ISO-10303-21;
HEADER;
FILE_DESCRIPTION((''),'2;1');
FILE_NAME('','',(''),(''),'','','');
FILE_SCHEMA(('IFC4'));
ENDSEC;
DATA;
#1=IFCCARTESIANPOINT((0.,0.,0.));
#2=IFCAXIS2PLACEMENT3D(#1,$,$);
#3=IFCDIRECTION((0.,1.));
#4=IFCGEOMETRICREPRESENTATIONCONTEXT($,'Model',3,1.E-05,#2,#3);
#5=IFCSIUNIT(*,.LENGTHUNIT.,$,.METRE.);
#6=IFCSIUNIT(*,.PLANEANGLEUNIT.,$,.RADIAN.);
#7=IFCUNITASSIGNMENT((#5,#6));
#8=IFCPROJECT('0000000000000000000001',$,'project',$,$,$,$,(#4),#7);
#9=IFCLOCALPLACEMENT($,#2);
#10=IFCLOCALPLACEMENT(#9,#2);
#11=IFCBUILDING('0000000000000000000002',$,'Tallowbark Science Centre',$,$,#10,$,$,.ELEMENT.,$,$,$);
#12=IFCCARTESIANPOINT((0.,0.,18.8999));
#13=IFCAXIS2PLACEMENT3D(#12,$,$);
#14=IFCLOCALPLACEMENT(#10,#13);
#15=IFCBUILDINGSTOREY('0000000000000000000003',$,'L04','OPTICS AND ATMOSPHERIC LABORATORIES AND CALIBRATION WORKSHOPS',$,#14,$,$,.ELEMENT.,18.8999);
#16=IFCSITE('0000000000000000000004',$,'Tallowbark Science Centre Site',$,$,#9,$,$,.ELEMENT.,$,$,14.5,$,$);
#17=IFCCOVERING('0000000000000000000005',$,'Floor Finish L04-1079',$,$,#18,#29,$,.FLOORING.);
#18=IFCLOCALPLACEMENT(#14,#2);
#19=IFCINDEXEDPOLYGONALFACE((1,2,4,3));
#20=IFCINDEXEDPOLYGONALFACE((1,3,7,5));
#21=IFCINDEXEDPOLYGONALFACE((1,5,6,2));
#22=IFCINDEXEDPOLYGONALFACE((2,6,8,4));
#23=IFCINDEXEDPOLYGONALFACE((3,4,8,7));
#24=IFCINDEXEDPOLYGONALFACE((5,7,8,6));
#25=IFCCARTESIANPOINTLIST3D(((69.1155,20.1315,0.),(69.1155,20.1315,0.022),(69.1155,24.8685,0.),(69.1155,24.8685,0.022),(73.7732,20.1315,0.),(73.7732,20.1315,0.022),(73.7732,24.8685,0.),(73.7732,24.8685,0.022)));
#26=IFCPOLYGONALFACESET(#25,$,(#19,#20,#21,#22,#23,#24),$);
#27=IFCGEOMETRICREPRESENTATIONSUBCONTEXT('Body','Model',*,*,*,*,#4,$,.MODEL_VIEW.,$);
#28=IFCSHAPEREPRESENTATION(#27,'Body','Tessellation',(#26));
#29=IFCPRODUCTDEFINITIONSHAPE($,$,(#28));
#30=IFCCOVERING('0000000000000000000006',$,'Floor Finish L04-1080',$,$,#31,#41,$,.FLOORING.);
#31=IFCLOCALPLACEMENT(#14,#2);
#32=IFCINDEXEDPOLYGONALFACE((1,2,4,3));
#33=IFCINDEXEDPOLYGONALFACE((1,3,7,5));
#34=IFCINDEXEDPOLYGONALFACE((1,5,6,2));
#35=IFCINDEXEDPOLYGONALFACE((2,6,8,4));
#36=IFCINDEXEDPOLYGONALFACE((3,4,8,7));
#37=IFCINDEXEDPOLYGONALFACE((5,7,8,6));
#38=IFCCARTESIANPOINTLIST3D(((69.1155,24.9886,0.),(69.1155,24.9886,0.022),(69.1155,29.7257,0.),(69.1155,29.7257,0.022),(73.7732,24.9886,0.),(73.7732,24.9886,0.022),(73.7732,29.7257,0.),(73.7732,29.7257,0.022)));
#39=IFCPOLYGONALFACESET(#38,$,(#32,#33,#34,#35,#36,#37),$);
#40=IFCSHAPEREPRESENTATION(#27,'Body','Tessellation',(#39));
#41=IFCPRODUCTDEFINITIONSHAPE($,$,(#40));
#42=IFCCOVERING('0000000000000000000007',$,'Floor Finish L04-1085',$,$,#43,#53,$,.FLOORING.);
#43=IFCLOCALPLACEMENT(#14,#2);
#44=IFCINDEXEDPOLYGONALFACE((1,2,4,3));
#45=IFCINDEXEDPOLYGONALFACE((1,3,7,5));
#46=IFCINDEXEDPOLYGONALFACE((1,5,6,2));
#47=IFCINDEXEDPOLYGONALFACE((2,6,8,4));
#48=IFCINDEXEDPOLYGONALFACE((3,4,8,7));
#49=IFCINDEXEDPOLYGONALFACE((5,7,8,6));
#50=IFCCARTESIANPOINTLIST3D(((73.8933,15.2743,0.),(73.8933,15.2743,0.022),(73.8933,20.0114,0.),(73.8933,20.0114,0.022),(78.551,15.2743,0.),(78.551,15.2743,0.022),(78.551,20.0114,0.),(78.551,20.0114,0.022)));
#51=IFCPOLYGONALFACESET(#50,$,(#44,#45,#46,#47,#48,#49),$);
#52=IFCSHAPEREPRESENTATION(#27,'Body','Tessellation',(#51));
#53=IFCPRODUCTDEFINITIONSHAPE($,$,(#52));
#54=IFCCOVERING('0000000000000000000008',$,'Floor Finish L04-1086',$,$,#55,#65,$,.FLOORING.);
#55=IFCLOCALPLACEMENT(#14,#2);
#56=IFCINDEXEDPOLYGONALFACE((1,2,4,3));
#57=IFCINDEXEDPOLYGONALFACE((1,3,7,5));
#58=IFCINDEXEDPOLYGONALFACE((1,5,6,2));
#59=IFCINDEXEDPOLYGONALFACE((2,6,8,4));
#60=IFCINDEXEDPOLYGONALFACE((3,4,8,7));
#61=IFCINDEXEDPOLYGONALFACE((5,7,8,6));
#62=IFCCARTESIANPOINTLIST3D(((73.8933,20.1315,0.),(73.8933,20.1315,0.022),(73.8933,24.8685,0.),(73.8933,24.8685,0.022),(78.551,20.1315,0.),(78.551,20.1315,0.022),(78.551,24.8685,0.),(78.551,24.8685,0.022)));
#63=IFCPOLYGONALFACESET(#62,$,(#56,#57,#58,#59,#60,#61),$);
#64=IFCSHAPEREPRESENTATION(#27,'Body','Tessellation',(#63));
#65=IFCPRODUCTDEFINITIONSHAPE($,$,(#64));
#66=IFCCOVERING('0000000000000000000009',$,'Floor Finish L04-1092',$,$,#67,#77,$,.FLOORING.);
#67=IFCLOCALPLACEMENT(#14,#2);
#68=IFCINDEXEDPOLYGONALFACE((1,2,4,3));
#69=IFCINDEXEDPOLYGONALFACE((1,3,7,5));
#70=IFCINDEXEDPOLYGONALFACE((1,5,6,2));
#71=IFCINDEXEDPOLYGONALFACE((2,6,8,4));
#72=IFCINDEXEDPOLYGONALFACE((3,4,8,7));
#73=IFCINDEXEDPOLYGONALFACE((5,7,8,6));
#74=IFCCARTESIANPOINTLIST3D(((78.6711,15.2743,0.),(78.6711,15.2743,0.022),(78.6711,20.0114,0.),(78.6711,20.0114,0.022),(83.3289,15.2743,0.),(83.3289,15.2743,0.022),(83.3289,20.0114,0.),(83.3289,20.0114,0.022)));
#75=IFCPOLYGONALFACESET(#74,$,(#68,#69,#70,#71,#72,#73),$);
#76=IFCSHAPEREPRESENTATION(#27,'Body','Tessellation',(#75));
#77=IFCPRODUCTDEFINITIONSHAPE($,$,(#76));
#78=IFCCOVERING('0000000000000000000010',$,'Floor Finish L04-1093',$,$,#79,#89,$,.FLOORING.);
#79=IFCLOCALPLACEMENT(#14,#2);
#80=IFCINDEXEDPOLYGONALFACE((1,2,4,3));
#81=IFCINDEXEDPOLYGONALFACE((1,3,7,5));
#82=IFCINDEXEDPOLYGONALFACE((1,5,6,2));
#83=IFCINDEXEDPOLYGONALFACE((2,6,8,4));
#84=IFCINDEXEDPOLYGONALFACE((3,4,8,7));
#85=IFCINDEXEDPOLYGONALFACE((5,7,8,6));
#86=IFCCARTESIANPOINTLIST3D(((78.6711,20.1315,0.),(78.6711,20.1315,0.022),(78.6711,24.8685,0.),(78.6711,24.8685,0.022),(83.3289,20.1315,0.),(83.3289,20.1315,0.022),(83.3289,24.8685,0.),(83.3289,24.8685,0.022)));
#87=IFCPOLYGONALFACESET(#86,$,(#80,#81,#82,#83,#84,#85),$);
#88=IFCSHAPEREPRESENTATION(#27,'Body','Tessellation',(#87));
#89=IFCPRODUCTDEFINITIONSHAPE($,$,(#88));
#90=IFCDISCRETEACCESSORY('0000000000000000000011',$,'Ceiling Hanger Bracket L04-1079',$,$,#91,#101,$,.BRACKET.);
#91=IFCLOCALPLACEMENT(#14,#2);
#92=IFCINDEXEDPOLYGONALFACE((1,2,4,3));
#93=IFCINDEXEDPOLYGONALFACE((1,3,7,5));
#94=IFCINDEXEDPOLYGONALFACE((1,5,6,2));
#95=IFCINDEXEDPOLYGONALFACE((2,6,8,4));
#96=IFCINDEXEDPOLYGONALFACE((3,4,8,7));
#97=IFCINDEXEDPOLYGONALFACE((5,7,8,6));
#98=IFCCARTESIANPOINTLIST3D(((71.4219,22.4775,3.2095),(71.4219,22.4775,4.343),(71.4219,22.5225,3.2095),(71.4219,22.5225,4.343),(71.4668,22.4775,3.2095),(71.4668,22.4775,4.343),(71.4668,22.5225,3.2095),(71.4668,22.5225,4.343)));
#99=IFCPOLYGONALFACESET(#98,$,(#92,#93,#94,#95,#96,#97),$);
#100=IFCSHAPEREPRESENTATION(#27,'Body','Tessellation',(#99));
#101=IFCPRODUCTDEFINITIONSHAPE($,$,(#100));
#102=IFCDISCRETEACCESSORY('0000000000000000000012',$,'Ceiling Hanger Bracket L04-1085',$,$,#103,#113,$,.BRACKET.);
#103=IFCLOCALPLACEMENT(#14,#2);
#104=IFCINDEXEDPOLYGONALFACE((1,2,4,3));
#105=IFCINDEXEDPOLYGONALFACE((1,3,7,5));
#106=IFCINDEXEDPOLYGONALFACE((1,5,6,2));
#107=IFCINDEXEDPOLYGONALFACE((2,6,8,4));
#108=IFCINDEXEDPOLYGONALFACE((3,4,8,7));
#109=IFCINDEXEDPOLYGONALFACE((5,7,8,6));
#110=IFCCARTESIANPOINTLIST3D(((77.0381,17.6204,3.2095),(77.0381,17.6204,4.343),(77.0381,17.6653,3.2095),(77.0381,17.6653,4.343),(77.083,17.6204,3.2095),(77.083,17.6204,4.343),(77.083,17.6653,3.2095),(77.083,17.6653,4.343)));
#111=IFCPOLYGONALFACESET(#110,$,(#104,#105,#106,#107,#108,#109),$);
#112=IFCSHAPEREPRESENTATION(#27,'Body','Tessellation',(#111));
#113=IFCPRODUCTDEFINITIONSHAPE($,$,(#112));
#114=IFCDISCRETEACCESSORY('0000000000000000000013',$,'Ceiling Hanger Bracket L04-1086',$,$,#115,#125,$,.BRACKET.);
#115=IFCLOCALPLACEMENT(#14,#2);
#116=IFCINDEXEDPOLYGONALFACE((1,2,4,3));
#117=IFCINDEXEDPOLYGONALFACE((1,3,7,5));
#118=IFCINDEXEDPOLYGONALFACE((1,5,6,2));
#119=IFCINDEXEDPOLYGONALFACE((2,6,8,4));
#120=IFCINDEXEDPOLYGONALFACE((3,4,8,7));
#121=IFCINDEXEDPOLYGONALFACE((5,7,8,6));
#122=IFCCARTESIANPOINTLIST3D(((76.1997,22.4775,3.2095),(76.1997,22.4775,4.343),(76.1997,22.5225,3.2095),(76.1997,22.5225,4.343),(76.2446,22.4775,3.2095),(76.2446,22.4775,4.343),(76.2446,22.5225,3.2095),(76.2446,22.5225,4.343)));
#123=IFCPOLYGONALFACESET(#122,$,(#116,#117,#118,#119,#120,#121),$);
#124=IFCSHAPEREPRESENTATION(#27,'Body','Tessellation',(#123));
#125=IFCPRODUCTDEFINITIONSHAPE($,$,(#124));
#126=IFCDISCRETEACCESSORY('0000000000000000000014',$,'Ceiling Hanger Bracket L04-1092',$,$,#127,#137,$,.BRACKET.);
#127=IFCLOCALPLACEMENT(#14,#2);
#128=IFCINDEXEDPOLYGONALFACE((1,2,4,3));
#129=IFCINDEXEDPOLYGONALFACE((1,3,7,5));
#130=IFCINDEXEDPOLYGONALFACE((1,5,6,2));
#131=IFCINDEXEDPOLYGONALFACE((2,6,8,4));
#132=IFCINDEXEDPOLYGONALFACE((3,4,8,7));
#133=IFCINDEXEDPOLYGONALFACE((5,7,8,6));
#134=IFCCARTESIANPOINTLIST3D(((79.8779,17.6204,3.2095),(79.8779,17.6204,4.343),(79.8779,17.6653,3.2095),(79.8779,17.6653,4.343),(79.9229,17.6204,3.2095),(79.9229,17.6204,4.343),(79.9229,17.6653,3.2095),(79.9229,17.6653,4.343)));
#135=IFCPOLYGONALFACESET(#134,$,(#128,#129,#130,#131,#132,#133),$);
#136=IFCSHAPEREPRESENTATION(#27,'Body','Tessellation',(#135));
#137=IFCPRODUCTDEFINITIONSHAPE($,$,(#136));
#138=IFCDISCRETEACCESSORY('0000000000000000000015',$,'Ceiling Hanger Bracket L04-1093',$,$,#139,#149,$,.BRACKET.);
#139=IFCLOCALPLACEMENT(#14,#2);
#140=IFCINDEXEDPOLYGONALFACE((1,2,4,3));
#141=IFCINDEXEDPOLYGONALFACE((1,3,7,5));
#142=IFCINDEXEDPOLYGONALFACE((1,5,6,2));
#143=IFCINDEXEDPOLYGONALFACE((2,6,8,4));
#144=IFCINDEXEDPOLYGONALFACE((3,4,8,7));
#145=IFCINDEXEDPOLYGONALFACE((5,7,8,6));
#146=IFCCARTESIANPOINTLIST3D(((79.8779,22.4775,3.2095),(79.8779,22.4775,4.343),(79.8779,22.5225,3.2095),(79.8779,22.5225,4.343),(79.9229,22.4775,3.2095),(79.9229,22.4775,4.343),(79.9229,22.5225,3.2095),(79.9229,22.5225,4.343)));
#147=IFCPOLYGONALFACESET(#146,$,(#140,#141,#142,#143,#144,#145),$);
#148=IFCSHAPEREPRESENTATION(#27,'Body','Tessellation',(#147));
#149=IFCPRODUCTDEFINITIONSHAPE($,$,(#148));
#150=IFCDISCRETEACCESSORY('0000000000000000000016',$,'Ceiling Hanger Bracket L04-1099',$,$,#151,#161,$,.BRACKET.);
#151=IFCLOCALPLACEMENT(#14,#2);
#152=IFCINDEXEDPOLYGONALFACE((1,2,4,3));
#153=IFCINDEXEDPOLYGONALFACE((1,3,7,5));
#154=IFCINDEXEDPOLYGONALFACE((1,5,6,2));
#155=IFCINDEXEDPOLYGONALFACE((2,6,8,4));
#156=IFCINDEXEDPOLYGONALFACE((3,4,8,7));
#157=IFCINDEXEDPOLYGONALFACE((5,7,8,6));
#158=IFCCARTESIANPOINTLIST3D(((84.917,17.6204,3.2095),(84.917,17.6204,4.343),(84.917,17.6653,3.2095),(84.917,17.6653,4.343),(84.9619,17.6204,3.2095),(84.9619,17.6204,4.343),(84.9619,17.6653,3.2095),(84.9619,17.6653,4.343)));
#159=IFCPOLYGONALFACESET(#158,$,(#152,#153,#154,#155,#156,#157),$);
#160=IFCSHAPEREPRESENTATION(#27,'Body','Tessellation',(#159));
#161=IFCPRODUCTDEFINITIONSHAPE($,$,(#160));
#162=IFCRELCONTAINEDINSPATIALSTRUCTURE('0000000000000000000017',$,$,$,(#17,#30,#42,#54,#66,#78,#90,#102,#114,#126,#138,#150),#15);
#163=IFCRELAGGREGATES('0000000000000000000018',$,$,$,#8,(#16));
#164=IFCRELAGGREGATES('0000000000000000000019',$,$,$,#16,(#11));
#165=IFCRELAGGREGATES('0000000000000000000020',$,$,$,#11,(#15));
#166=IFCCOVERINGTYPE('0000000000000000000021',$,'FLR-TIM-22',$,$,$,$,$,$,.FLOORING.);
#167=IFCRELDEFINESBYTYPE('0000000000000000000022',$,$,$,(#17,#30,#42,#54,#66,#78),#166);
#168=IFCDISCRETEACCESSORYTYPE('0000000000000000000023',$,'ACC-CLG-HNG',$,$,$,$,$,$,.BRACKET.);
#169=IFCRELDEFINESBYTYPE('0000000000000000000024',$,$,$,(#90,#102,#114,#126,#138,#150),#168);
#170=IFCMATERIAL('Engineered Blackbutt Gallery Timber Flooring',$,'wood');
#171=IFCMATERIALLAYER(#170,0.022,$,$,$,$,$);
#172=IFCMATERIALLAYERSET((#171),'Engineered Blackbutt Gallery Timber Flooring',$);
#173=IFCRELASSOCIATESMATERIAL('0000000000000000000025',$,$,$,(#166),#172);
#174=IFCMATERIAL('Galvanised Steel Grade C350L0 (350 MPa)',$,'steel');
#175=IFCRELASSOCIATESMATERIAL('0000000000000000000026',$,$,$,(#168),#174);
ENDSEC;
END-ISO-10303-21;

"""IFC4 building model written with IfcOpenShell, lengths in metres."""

from ifc_helpers import new_model, si_unit, direction, frame, origin, origin_2d, place, context, subcontext, project, spatial, rectangle, extrude, material, layer, layer_set, type_object, element, save


model = new_model("IFC4")

# Units and contexts
model_context = context("Model", 3, precision=1e-05, world=origin(), true_north=direction((0.0, 1.0)))
body_context = subcontext(model_context, "Body", "Model", "MODEL_VIEW")
ifc_project = project(units=[si_unit("LENGTHUNIT", "METRE"), si_unit("PLANEANGLEUNIT", "RADIAN")], contexts=[model_context])

# Site, building, storey
site_placement = place(None, origin())
site = spatial("IfcSite", under=ifc_project, at=site_placement, Name="Tallowbark Science Centre Site", CompositionType="ELEMENT", RefElevation=14.5)
building_placement = place(site_placement, origin())
building = spatial("IfcBuilding", under=site, at=building_placement, Name="Tallowbark Science Centre", CompositionType="ELEMENT")
storey_placement = place(building_placement, frame((0.0, 0.0, 18.8999)))
storey = spatial("IfcBuildingStorey", under=building, at=storey_placement, Name="L04", Description="OPTICS AND ATMOSPHERIC LABORATORIES AND CALIBRATION WORKSHOPS", CompositionType="ELEMENT", Elevation=18.8999)

# Coverings
ifc_material_1 = material(Name="Engineered Blackbutt Gallery Timber Flooring", Category="wood")
ifc_layer_1 = layer(ifc_material_1, 0.022)
ifc_layer_set_1 = layer_set([ifc_layer_1], Name="Engineered Blackbutt Gallery Timber Flooring")
covering_type_1 = type_object("IfcCoveringType", Name="FLR-TIM-22", PredefinedType="FLOORING", material=ifc_layer_set_1)
for number, where, z_axis, x_axis, name in (
    (1, (71.4443, 22.5, 0.0), (0.0, 0.0, 1.0), (1.0, 0.0, 0.0), "Floor Finish L04-1079"),
    (2, (71.4443, 27.3572, 0.0), (0.0, 0.0, 1.0), (1.0, 0.0, 0.0), "Floor Finish L04-1080"),
    (3, (76.2222, 17.6428, 0.0), (0.0, 0.0, 1.0), (1.0, 0.0, 0.0), "Floor Finish L04-1085"),
    (4, (76.2222, 22.5, 0.0), (0.0, 0.0, 1.0), (1.0, 0.0, 0.0), "Floor Finish L04-1086"),
    (5, (81.0, 17.6428, 0.0), (0.0, 0.0, 1.0), (1.0, 0.0, 0.0), "Floor Finish L04-1092"),
    (6, (81.0, 22.5, 0.0), (0.0, 0.0, 1.0), (1.0, 0.0, 0.0), "Floor Finish L04-1093"),
):
    element("IfcCovering", number, at=place(storey_placement, frame(where, z_axis=z_axis, x_axis=x_axis)), inside=storey, type_object=covering_type_1, Name=name, PredefinedType="FLOORING", context=body_context, shape_type="SweptSolid", body=[
        extrude(rectangle(XDim=4.6577, YDim=4.7371, at=origin_2d()), origin(), (0.0, 0.0, 1.0), 0.022),
    ])

# Discrete accessories
ifc_material_2 = material(Name="Galvanised Steel Grade C350L0 (350 MPa)", Category="steel")
discrete_accessory_type = type_object("IfcDiscreteAccessoryType", Name="ACC-CLG-HNG", PredefinedType="BRACKET", material=ifc_material_2)
for number, where, z_axis, x_axis, name in (
    (7, (71.4443, 22.5, 3.2095), (0.0, 0.0, 1.0), (1.0, 0.0, 0.0), "Ceiling Hanger Bracket L04-1079"),
    (8, (77.0605, 17.6428, 3.2095), (0.0, 0.0, 1.0), (1.0, 0.0, 0.0), "Ceiling Hanger Bracket L04-1085"),
    (9, (76.2222, 22.5, 3.2095), (0.0, 0.0, 1.0), (1.0, 0.0, 0.0), "Ceiling Hanger Bracket L04-1086"),
    (10, (79.9004, 17.6428, 3.2095), (0.0, 0.0, 1.0), (1.0, 0.0, 0.0), "Ceiling Hanger Bracket L04-1092"),
    (11, (79.9004, 22.5, 3.2095), (0.0, 0.0, 1.0), (1.0, 0.0, 0.0), "Ceiling Hanger Bracket L04-1093"),
    (12, (84.9395, 17.6428, 3.2095), (0.0, 0.0, 1.0), (1.0, 0.0, 0.0), "Ceiling Hanger Bracket L04-1099"),
):
    element("IfcDiscreteAccessory", number, at=place(storey_placement, frame(where, z_axis=z_axis, x_axis=x_axis)), inside=storey, type_object=discrete_accessory_type, Name=name, PredefinedType="BRACKET", context=body_context, shape_type="SweptSolid", body=[
        extrude(rectangle(XDim=0.0449, YDim=0.0449, at=origin_2d()), origin(), (0.0, 0.0, 1.0), 1.1335),
    ])

save(model, "model.ifc")
